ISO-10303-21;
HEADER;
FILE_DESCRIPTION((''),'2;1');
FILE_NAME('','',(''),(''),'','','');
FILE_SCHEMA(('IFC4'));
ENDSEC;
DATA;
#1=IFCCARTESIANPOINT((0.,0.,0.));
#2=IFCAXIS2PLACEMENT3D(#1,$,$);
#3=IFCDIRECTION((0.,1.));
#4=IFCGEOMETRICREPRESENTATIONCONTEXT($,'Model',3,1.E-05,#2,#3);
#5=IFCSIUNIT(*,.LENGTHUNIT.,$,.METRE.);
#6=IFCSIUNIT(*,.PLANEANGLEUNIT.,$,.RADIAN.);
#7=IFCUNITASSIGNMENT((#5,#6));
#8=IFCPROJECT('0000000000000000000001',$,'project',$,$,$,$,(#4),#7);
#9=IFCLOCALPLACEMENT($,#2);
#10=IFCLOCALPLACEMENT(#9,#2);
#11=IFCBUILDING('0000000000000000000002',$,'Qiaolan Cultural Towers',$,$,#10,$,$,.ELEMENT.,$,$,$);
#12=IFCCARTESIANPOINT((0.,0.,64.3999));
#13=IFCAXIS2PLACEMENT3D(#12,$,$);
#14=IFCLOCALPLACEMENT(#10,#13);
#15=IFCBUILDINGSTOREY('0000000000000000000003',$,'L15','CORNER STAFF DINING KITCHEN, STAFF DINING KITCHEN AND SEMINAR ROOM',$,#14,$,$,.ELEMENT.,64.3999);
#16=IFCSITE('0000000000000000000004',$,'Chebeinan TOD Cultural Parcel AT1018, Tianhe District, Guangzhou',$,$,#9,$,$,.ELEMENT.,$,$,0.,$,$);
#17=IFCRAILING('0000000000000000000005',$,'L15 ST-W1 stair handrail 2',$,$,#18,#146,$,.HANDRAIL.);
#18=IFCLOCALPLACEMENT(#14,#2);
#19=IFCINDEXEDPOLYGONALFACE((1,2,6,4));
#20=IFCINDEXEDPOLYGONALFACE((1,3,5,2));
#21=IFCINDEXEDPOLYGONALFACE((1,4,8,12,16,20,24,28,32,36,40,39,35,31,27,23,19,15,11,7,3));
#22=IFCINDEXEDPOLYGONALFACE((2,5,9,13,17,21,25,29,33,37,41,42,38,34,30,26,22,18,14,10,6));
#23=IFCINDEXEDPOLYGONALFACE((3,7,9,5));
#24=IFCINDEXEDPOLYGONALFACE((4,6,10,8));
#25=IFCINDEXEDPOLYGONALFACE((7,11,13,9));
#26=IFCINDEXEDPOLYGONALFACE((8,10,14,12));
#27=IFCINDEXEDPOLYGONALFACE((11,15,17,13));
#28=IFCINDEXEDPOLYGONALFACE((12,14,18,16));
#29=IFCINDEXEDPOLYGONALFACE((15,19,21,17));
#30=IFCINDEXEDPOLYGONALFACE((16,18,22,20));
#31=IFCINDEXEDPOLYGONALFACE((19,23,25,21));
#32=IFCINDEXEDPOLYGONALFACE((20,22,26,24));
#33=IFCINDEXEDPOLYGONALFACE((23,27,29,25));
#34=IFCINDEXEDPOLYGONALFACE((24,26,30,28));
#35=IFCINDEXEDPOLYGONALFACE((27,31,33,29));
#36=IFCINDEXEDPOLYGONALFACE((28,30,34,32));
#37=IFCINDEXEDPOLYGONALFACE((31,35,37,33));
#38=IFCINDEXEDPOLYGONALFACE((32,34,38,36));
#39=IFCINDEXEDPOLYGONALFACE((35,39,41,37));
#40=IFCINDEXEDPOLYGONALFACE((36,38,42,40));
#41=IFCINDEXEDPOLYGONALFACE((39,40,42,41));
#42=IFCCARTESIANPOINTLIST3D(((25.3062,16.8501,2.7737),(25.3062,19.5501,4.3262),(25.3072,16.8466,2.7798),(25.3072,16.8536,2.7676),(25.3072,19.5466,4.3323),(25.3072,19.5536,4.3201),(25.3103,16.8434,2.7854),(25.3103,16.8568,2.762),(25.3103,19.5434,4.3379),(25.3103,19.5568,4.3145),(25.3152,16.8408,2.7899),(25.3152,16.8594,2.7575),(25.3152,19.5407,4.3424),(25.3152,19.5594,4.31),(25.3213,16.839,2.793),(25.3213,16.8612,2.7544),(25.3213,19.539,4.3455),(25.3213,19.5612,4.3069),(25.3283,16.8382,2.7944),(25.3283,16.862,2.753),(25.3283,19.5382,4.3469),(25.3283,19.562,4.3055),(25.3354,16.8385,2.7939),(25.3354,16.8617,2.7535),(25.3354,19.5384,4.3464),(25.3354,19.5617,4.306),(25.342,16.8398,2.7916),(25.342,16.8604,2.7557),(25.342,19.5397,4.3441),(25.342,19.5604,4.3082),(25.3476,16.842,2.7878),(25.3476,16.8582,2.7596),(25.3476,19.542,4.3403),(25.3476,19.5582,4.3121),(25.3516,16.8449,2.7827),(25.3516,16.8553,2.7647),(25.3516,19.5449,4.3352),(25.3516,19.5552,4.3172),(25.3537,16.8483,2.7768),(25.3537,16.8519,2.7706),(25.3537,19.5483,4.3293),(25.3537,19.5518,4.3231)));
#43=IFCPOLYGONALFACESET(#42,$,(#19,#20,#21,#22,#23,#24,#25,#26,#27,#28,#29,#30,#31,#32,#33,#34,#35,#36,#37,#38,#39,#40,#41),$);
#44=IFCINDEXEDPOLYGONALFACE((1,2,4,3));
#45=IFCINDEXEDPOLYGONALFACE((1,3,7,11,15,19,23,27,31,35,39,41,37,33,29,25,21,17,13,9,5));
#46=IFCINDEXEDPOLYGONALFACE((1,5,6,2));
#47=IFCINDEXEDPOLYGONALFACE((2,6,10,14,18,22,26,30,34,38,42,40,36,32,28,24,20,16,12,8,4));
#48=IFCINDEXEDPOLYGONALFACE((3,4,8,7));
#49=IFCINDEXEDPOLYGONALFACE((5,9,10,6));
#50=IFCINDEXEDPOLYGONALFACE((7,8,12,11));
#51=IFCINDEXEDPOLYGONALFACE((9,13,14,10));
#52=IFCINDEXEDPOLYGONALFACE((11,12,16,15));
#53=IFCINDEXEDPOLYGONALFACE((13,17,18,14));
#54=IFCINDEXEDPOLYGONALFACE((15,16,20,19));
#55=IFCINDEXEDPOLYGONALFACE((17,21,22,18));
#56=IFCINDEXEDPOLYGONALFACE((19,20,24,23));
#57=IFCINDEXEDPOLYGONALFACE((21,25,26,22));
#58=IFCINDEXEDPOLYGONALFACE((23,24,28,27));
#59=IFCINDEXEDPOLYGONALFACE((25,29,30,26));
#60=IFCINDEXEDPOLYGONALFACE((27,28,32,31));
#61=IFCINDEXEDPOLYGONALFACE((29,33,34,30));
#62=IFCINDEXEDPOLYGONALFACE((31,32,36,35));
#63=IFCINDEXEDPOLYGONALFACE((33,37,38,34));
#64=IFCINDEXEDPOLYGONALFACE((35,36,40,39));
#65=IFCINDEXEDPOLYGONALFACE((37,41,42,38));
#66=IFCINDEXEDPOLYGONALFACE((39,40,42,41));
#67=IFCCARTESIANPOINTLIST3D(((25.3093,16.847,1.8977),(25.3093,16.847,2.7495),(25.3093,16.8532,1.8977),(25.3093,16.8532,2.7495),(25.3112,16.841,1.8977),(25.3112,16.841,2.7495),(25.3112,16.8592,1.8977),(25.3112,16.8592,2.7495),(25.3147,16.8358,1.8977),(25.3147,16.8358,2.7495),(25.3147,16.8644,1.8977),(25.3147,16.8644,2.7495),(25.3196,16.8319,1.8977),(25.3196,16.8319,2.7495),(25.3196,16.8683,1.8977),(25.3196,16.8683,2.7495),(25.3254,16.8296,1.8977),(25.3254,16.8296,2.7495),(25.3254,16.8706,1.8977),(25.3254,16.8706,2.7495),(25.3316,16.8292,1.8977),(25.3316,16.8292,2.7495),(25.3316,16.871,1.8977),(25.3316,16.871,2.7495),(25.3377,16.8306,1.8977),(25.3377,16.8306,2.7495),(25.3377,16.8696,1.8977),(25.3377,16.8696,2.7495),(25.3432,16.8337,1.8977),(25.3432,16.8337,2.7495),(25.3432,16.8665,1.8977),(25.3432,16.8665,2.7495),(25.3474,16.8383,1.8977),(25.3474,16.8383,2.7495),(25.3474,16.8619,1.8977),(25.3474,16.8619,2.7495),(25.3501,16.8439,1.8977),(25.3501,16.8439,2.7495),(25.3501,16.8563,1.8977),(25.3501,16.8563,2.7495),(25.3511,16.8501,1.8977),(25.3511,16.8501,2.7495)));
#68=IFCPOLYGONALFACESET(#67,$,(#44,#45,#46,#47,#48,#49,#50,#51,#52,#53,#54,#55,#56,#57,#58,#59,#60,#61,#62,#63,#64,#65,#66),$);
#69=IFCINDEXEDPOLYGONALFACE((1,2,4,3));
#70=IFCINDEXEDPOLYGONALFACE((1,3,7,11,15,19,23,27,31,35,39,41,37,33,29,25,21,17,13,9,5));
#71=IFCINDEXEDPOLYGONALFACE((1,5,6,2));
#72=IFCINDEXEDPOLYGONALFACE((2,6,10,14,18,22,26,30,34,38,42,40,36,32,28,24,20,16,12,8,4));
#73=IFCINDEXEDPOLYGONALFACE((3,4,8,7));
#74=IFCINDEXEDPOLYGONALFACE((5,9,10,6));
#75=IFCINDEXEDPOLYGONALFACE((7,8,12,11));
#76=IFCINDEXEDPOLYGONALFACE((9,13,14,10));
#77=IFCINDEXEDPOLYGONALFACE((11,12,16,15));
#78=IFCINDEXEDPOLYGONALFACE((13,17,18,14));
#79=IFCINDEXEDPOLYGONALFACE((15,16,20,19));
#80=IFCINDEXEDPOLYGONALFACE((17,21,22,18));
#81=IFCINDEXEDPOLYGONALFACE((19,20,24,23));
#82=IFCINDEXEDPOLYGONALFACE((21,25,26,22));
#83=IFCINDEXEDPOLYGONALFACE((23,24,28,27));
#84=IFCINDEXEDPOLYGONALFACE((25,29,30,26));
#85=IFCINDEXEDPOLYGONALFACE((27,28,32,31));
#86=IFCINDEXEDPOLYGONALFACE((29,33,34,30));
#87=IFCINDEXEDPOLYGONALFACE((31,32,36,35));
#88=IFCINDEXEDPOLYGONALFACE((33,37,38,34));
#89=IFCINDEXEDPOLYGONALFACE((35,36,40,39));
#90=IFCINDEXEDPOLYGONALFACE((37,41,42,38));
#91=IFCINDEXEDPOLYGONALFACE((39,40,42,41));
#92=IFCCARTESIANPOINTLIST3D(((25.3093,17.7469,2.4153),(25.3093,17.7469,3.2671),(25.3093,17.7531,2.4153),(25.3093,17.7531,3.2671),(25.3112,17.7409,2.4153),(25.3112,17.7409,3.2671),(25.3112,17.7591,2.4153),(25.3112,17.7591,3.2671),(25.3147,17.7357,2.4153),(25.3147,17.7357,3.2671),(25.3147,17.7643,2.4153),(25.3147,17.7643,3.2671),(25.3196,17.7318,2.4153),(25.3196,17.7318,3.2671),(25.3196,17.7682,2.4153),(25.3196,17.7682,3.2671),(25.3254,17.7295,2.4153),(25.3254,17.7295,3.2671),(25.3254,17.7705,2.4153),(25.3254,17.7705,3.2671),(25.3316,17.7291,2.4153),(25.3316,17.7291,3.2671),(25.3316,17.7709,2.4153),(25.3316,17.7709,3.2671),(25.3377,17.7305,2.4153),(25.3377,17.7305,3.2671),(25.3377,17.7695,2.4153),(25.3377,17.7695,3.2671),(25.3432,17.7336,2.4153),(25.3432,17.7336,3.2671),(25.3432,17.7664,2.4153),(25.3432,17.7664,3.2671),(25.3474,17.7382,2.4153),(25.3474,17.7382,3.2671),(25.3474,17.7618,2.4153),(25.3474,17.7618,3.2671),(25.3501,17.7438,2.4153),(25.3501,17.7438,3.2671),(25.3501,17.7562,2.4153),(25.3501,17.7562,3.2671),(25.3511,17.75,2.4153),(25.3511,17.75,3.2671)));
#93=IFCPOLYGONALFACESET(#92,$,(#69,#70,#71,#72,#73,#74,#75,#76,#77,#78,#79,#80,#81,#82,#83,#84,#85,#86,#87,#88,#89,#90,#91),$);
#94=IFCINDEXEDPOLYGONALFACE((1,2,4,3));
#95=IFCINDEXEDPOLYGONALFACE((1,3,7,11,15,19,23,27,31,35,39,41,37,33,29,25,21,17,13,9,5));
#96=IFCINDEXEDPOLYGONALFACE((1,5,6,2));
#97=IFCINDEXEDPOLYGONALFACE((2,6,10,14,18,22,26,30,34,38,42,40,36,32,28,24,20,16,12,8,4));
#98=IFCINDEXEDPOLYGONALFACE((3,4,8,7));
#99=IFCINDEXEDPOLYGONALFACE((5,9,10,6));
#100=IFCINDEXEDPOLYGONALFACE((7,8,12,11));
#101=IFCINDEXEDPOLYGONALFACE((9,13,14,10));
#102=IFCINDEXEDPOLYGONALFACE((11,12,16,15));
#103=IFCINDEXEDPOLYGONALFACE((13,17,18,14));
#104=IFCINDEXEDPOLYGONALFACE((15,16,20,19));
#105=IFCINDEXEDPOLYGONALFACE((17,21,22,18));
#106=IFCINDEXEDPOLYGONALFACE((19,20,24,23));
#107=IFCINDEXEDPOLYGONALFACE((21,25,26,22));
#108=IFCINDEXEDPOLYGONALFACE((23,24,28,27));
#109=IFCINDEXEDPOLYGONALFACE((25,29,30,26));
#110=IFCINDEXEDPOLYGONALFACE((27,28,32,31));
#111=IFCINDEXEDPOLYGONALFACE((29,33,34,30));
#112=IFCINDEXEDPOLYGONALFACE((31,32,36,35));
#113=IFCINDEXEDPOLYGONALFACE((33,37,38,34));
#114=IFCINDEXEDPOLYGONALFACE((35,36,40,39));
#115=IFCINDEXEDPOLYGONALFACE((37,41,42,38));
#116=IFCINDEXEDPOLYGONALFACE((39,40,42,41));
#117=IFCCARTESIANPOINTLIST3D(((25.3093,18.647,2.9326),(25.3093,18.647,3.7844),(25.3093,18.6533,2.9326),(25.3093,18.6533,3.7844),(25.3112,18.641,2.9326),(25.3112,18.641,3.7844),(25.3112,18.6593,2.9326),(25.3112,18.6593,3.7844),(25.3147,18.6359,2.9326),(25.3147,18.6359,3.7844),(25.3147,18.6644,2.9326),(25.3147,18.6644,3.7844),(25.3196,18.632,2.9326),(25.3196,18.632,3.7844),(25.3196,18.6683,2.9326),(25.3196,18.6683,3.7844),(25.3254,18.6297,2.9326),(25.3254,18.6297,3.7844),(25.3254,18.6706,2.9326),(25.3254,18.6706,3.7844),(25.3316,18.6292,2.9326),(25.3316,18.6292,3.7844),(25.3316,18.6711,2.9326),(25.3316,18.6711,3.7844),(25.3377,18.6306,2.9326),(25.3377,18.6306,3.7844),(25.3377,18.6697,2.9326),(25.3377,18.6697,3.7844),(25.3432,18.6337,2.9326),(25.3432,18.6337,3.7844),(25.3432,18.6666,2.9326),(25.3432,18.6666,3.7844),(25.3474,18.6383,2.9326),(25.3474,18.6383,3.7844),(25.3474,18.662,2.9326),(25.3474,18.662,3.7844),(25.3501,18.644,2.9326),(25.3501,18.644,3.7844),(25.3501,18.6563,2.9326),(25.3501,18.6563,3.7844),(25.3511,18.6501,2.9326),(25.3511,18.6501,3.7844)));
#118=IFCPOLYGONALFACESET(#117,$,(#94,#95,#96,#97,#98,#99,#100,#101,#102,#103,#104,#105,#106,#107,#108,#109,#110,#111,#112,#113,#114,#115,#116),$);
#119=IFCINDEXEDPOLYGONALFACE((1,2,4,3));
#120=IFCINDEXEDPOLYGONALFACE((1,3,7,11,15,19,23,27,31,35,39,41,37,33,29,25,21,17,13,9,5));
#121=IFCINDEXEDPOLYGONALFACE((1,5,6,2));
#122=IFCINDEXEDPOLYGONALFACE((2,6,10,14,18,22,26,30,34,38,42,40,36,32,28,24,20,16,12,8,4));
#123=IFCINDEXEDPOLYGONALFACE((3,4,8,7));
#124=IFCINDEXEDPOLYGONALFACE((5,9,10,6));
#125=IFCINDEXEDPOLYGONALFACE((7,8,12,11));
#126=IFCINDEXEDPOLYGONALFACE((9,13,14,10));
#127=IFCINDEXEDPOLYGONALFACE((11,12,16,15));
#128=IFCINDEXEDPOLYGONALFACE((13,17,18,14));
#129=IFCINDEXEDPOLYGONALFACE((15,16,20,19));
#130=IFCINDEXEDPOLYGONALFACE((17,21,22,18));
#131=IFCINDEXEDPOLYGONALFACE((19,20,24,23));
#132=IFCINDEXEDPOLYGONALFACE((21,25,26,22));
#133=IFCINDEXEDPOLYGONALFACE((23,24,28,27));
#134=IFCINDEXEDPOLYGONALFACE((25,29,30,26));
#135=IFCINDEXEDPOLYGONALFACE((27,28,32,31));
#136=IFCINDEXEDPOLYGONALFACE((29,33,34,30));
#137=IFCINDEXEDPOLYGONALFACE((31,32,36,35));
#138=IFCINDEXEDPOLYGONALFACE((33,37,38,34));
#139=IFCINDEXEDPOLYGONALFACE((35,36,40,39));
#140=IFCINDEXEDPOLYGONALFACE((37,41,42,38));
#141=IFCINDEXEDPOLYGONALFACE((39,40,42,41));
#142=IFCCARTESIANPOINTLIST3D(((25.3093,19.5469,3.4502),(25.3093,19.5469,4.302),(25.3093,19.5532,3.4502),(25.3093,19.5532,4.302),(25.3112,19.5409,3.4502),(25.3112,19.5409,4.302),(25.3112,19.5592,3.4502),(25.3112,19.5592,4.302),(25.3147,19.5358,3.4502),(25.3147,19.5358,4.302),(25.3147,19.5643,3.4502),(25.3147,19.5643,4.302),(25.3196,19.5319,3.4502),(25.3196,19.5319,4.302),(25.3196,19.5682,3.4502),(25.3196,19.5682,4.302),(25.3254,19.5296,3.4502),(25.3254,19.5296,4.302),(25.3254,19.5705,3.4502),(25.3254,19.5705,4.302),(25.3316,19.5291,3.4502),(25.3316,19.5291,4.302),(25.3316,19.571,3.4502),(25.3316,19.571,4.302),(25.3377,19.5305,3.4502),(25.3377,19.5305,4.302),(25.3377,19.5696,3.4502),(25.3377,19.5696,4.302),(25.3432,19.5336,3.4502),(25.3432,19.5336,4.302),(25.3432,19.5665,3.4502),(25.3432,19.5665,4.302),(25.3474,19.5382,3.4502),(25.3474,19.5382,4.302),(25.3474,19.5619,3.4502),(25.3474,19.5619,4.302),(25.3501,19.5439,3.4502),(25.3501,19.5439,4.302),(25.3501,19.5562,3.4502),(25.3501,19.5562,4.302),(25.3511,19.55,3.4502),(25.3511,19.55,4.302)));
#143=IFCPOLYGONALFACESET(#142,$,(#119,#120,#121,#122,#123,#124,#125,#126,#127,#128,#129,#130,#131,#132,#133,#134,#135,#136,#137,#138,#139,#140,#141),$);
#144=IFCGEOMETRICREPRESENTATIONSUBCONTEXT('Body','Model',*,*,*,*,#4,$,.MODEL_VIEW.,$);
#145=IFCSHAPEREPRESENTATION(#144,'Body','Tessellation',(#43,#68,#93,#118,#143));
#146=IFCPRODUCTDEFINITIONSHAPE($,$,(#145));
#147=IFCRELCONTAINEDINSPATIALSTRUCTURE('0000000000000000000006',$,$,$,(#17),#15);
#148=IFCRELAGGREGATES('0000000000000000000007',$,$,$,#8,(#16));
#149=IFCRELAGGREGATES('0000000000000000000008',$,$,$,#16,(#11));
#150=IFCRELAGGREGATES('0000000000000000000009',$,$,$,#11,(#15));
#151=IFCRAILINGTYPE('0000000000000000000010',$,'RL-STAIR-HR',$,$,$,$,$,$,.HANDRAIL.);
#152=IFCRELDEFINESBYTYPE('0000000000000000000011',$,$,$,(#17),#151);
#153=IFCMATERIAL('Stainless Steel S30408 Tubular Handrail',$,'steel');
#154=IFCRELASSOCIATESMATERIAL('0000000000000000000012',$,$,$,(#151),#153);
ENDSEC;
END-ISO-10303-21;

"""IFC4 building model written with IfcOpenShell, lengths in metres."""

from ifc_helpers import new_model, si_unit, direction, frame, origin, origin_2d, place, context, subcontext, project, spatial, circle, extrude, material, type_object, element, save


model = new_model("IFC4")

# Units and contexts
model_context = context("Model", 3, precision=1e-05, world=origin(), true_north=direction((0.0, 1.0)))
body_context = subcontext(model_context, "Body", "Model", "MODEL_VIEW")
ifc_project = project(units=[si_unit("LENGTHUNIT", "METRE"), si_unit("PLANEANGLEUNIT", "RADIAN")], contexts=[model_context])

# Site, building, storey
site_placement = place(None, origin())
site = spatial("IfcSite", under=ifc_project, at=site_placement, Name="Chebeinan TOD Cultural Parcel AT1018, Tianhe District, Guangzhou", CompositionType="ELEMENT", RefElevation=0.0)
building_placement = place(site_placement, origin())
building = spatial("IfcBuilding", under=site, at=building_placement, Name="Qiaolan Cultural Towers", CompositionType="ELEMENT")
storey_placement = place(building_placement, frame((0.0, 0.0, 64.3999)))
storey = spatial("IfcBuildingStorey", under=building, at=storey_placement, Name="L15", Description="CORNER STAFF DINING KITCHEN, STAFF DINING KITCHEN AND SEMINAR ROOM", CompositionType="ELEMENT", Elevation=64.3999)

# Railing
ifc_material_1 = material(Name="Stainless Steel S30408 Tubular Handrail", Category="steel")
railing_type = type_object("IfcRailingType", Name="RL-STAIR-HR", PredefinedType="HANDRAIL", material=ifc_material_1)
railing_placement = place(storey_placement, frame((25.3301, 16.8501, 1.8977)))
element("IfcRailing", 1, at=railing_placement, inside=storey, type_object=railing_type, Name="L15 ST-W1 stair handrail 2", PredefinedType="HANDRAIL", context=body_context, shape_type="SweptSolid", body=[
    extrude(circle(Radius=0.0239, at=origin_2d()), frame((0.0, 0.0, 0.876), z_axis=(0.0, 0.866904, 0.498476), x_axis=(-1.0, 0.0, 0.0)), (0.0, 0.0, 1.0), 3.1145),
    extrude(circle(Radius=0.021, at=origin_2d()), origin(), (0.0, 0.0, 1.0), 0.8518),
    extrude(circle(Radius=0.021, at=origin_2d()), frame((0.0, 0.8999, 0.5176)), (0.0, 0.0, 1.0), 0.8518),
    extrude(circle(Radius=0.021, at=origin_2d()), frame((0.0, 1.8, 1.0349)), (0.0, 0.0, 1.0), 0.8518),
    extrude(circle(Radius=0.021, at=origin_2d()), frame((0.0, 2.7, 1.5525)), (0.0, 0.0, 1.0), 0.8518),
])

save(model, "model.ifc")
